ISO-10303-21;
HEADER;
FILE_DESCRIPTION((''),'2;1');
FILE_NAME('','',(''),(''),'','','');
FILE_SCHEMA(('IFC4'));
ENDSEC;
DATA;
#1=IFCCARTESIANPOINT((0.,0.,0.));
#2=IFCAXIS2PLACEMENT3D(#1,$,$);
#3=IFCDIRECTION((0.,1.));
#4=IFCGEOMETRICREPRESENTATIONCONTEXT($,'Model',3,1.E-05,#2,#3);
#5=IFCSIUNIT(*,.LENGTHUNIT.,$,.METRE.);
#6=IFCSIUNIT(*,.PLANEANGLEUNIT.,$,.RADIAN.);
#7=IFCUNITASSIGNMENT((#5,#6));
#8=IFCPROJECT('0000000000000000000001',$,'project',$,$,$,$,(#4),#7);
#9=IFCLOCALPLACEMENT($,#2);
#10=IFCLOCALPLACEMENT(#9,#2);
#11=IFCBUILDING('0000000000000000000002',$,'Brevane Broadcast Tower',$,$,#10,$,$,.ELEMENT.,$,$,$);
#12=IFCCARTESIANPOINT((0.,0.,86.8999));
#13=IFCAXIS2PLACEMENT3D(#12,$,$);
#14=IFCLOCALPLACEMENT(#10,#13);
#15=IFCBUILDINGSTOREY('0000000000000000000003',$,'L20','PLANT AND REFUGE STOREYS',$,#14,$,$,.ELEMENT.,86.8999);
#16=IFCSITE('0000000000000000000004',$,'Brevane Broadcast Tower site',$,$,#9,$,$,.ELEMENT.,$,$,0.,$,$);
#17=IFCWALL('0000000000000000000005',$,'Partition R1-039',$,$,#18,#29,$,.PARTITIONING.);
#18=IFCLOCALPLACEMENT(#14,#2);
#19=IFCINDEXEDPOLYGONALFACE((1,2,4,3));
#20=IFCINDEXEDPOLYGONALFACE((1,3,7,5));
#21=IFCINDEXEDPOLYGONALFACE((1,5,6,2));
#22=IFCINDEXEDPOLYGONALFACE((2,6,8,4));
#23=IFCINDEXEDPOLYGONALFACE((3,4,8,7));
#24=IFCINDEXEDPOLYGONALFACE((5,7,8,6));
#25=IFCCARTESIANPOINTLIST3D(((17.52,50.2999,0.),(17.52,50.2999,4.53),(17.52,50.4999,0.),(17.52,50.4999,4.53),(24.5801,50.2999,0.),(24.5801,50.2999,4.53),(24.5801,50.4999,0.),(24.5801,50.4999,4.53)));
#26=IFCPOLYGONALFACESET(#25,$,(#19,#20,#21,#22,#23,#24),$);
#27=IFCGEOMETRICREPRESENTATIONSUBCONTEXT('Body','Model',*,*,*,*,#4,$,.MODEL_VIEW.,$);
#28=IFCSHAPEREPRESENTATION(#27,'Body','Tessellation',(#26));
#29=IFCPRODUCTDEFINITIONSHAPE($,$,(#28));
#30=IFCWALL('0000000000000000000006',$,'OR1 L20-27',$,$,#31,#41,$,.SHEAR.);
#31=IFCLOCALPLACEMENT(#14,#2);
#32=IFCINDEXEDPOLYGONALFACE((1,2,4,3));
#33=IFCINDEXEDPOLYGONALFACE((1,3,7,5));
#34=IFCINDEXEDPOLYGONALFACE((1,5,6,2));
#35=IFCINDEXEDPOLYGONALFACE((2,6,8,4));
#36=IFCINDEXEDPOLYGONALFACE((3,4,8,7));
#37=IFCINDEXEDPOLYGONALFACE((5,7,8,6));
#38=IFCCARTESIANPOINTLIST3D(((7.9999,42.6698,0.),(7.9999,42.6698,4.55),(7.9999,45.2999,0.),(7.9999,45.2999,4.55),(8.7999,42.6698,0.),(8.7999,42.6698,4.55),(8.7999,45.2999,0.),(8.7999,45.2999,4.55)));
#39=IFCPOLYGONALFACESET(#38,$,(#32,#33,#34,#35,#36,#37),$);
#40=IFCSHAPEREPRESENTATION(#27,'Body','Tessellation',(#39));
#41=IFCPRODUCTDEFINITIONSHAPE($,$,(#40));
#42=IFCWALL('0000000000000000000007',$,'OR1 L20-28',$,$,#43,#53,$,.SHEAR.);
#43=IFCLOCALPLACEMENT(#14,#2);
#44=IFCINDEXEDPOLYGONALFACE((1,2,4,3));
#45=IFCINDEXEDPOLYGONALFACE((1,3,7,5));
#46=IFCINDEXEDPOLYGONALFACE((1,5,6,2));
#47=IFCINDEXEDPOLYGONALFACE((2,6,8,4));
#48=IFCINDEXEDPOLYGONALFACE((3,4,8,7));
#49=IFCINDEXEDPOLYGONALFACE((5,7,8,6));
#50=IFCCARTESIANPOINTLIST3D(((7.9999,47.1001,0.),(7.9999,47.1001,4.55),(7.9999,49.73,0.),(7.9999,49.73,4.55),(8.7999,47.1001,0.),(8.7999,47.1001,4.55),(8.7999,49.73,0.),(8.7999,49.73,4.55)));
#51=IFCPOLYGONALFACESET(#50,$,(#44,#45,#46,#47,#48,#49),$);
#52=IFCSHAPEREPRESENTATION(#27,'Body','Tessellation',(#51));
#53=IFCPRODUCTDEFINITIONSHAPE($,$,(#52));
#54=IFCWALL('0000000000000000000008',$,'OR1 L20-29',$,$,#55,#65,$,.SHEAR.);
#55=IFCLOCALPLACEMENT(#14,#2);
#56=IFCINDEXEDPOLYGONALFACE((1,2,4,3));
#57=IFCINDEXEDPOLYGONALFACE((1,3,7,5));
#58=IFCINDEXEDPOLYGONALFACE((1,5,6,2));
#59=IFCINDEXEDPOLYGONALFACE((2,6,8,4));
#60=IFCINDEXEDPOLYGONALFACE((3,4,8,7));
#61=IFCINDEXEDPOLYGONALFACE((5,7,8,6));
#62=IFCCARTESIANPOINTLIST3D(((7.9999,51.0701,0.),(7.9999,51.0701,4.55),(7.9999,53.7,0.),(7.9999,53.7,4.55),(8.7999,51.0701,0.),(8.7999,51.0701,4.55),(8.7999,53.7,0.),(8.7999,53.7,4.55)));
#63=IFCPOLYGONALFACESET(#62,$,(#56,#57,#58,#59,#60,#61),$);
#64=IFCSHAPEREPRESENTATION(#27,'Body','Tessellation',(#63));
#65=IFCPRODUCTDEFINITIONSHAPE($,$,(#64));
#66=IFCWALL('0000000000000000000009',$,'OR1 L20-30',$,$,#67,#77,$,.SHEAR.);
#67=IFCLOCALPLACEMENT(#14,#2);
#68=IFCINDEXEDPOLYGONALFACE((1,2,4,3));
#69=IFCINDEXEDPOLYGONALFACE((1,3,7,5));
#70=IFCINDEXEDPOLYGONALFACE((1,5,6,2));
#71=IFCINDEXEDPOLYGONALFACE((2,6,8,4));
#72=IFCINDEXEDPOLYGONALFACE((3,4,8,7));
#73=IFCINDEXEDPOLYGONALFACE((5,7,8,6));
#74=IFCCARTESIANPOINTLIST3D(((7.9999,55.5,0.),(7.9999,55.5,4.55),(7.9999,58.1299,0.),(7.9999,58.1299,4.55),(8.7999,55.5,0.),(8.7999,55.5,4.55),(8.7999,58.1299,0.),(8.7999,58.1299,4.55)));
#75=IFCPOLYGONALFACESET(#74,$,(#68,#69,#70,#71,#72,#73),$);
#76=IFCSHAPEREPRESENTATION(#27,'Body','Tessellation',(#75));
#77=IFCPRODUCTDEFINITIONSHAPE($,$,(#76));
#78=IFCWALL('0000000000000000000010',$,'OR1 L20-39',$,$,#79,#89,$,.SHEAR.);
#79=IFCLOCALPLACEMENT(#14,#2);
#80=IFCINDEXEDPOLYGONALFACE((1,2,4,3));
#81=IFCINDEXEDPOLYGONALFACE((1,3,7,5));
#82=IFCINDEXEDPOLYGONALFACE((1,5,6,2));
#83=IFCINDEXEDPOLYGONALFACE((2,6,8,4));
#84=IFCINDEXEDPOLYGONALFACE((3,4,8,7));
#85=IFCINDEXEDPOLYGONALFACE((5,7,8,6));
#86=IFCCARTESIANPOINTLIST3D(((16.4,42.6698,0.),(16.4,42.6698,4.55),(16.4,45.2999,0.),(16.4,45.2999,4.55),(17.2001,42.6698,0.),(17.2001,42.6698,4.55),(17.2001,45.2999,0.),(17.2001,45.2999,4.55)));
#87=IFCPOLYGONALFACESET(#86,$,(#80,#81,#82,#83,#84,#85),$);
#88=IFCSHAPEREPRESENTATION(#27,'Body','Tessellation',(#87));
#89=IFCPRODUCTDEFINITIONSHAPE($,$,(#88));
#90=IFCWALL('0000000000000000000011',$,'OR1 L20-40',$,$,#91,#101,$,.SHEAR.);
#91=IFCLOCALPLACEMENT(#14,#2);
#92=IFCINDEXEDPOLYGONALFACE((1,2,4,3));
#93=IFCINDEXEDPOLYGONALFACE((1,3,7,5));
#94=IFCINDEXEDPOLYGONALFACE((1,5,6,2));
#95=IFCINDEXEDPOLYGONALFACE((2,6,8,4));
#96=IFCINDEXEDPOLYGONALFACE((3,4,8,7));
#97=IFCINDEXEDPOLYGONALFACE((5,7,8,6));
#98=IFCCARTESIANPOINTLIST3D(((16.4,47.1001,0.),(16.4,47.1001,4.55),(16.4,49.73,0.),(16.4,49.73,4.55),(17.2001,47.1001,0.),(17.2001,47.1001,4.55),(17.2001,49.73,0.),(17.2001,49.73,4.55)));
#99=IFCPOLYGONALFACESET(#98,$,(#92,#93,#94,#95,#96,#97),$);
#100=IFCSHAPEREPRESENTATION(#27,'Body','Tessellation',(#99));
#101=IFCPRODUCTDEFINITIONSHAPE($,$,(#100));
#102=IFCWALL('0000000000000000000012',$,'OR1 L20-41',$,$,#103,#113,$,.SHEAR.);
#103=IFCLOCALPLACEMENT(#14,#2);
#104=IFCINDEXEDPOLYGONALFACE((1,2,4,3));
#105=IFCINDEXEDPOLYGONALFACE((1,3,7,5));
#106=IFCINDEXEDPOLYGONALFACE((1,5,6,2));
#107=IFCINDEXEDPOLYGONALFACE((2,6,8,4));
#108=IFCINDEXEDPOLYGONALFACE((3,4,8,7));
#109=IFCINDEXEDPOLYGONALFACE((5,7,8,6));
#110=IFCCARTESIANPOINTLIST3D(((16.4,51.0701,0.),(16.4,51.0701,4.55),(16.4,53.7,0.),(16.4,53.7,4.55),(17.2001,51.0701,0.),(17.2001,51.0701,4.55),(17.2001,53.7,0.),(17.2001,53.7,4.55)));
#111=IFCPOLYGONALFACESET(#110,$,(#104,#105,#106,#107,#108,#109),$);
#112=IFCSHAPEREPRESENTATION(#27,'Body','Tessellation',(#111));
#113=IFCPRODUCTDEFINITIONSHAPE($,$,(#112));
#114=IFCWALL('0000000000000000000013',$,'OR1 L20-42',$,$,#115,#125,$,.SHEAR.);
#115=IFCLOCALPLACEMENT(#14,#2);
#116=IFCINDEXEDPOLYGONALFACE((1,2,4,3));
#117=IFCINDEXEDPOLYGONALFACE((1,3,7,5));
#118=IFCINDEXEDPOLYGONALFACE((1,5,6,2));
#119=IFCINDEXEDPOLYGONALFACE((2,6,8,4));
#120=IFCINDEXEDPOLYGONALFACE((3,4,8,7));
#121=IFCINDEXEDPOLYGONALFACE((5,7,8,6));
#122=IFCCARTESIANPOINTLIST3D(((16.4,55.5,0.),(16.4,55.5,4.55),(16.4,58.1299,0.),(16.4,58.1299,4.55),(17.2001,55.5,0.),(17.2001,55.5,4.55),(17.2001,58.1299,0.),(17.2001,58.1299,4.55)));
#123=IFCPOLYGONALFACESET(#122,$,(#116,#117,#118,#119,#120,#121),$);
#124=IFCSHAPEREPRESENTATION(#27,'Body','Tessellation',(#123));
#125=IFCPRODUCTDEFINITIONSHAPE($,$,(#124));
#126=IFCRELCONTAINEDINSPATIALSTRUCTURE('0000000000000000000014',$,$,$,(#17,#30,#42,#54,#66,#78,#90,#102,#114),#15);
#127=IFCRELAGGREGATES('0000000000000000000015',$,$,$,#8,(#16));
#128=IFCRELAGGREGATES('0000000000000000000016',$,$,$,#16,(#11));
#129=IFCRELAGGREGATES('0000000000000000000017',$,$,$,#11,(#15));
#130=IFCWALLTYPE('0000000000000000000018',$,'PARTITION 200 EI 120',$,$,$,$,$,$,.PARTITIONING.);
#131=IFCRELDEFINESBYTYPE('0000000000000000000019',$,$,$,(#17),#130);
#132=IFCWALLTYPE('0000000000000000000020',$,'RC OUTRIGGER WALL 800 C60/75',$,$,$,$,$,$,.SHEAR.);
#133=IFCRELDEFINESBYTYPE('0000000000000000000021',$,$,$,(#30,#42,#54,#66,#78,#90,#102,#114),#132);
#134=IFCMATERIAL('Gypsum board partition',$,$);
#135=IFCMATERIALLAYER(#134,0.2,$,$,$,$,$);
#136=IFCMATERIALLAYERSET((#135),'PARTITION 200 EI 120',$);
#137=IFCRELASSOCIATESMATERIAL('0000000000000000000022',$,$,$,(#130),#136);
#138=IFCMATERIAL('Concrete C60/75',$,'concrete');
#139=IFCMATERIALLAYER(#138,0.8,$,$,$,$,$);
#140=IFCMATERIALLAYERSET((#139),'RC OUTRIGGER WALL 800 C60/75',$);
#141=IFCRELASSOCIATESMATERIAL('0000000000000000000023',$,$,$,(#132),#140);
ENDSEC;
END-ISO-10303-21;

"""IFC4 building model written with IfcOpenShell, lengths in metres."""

from ifc_helpers import new_model, si_unit, direction, frame, frame_2d, origin, place, context, subcontext, project, spatial, rectangle, extrude, material, layer, layer_set, type_object, element, save


model = new_model("IFC4")

# Units and contexts
model_context = context("Model", 3, precision=1e-05, world=origin(), true_north=direction((0.0, 1.0)))
body_context = subcontext(model_context, "Body", "Model", "MODEL_VIEW")
ifc_project = project(units=[si_unit("LENGTHUNIT", "METRE"), si_unit("PLANEANGLEUNIT", "RADIAN")], contexts=[model_context])

# Site, building, storey
site_placement = place(None, origin())
site = spatial("IfcSite", under=ifc_project, at=site_placement, Name="Brevane Broadcast Tower site", CompositionType="ELEMENT", RefElevation=0.0)
building_placement = place(site_placement, origin())
building = spatial("IfcBuilding", under=site, at=building_placement, Name="Brevane Broadcast Tower", CompositionType="ELEMENT")
storey_placement = place(building_placement, frame((0.0, 0.0, 86.8999)))
storey = spatial("IfcBuildingStorey", under=building, at=storey_placement, Name="L20", Description="PLANT AND REFUGE STOREYS", CompositionType="ELEMENT", Elevation=86.8999)

# Shared definitions
ifc_material_1 = material(Name="Gypsum board partition")
ifc_layer_1 = layer(ifc_material_1, 0.2)
ifc_layer_set_1 = layer_set([ifc_layer_1], Name="PARTITION 200 EI 120")
wall_type_1 = type_object("IfcWallType", Name="PARTITION 200 EI 120", PredefinedType="PARTITIONING", material=ifc_layer_set_1)

# Walls
wall_1_placement = place(storey_placement, frame((17.52, 50.3999, 0.0), z_axis=(0.0, 0.0, 1.0), x_axis=(1.0, 0.0, 0.0)))
element("IfcWall", 1, at=wall_1_placement, inside=storey, type_object=wall_type_1, Name="Partition R1-039", PredefinedType="PARTITIONING", context=body_context, shape_type="SweptSolid", body=[
    extrude(rectangle(XDim=7.0601, YDim=0.2, at=frame_2d((3.53, 0.0))), origin(), (0.0, 0.0, 1.0), 4.53),
])
ifc_material_2 = material(Name="Concrete C60/75", Category="concrete")
ifc_layer_2 = layer(ifc_material_2, 0.8)
ifc_layer_set_2 = layer_set([ifc_layer_2], Name="RC OUTRIGGER WALL 800 C60/75")
wall_type_2 = type_object("IfcWallType", Name="RC OUTRIGGER WALL 800 C60/75", PredefinedType="SHEAR", material=ifc_layer_set_2)
wall_2_placement = place(storey_placement, frame((8.3999, 42.6699, 0.0), z_axis=(0.0, 0.0, 1.0), x_axis=(0.0, 1.0, 0.0)))
element("IfcWall", 2, at=wall_2_placement, inside=storey, type_object=wall_type_2, Name="OR1 L20-27", PredefinedType="SHEAR", context=body_context, shape_type="SweptSolid", body=[
    extrude(rectangle(XDim=2.6301, YDim=0.8, at=frame_2d((1.3149, 0.0))), origin(), (0.0, 0.0, 1.0), 4.55),
])
for number, where, z_axis, x_axis, name in (
    (3, (8.3999, 47.1001, 0.0), (0.0, 0.0, 1.0), (0.0, 1.0, 0.0), "OR1 L20-28"),
    (4, (8.3999, 51.0701, 0.0), (0.0, 0.0, 1.0), (0.0, 1.0, 0.0), "OR1 L20-29"),
    (5, (8.3999, 55.5, 0.0), (0.0, 0.0, 1.0), (0.0, 1.0, 0.0), "OR1 L20-30"),
):
    element("IfcWall", number, at=place(storey_placement, frame(where, z_axis=z_axis, x_axis=x_axis)), inside=storey, type_object=wall_type_2, Name=name, PredefinedType="SHEAR", context=body_context, shape_type="SweptSolid", body=[
        extrude(rectangle(XDim=2.6299, YDim=0.8, at=frame_2d((1.3149, 0.0))), origin(), (0.0, 0.0, 1.0), 4.55),
    ])
wall_3_placement = place(storey_placement, frame((16.8, 42.6699, 0.0), z_axis=(0.0, 0.0, 1.0), x_axis=(0.0, 1.0, 0.0)))
element("IfcWall", 6, at=wall_3_placement, inside=storey, type_object=wall_type_2, Name="OR1 L20-39", PredefinedType="SHEAR", context=body_context, shape_type="SweptSolid", body=[
    extrude(rectangle(XDim=2.6301, YDim=0.8, at=frame_2d((1.3149, 0.0))), origin(), (0.0, 0.0, 1.0), 4.55),
])
for number, where, z_axis, x_axis, name in (
    (7, (16.8, 47.1001, 0.0), (0.0, 0.0, 1.0), (0.0, 1.0, 0.0), "OR1 L20-40"),
    (8, (16.8, 51.0701, 0.0), (0.0, 0.0, 1.0), (0.0, 1.0, 0.0), "OR1 L20-41"),
    (9, (16.8, 55.5, 0.0), (0.0, 0.0, 1.0), (0.0, 1.0, 0.0), "OR1 L20-42"),
):
    element("IfcWall", number, at=place(storey_placement, frame(where, z_axis=z_axis, x_axis=x_axis)), inside=storey, type_object=wall_type_2, Name=name, PredefinedType="SHEAR", context=body_context, shape_type="SweptSolid", body=[
        extrude(rectangle(XDim=2.6299, YDim=0.8, at=frame_2d((1.3149, 0.0))), origin(), (0.0, 0.0, 1.0), 4.55),
    ])

save(model, "model.ifc")
